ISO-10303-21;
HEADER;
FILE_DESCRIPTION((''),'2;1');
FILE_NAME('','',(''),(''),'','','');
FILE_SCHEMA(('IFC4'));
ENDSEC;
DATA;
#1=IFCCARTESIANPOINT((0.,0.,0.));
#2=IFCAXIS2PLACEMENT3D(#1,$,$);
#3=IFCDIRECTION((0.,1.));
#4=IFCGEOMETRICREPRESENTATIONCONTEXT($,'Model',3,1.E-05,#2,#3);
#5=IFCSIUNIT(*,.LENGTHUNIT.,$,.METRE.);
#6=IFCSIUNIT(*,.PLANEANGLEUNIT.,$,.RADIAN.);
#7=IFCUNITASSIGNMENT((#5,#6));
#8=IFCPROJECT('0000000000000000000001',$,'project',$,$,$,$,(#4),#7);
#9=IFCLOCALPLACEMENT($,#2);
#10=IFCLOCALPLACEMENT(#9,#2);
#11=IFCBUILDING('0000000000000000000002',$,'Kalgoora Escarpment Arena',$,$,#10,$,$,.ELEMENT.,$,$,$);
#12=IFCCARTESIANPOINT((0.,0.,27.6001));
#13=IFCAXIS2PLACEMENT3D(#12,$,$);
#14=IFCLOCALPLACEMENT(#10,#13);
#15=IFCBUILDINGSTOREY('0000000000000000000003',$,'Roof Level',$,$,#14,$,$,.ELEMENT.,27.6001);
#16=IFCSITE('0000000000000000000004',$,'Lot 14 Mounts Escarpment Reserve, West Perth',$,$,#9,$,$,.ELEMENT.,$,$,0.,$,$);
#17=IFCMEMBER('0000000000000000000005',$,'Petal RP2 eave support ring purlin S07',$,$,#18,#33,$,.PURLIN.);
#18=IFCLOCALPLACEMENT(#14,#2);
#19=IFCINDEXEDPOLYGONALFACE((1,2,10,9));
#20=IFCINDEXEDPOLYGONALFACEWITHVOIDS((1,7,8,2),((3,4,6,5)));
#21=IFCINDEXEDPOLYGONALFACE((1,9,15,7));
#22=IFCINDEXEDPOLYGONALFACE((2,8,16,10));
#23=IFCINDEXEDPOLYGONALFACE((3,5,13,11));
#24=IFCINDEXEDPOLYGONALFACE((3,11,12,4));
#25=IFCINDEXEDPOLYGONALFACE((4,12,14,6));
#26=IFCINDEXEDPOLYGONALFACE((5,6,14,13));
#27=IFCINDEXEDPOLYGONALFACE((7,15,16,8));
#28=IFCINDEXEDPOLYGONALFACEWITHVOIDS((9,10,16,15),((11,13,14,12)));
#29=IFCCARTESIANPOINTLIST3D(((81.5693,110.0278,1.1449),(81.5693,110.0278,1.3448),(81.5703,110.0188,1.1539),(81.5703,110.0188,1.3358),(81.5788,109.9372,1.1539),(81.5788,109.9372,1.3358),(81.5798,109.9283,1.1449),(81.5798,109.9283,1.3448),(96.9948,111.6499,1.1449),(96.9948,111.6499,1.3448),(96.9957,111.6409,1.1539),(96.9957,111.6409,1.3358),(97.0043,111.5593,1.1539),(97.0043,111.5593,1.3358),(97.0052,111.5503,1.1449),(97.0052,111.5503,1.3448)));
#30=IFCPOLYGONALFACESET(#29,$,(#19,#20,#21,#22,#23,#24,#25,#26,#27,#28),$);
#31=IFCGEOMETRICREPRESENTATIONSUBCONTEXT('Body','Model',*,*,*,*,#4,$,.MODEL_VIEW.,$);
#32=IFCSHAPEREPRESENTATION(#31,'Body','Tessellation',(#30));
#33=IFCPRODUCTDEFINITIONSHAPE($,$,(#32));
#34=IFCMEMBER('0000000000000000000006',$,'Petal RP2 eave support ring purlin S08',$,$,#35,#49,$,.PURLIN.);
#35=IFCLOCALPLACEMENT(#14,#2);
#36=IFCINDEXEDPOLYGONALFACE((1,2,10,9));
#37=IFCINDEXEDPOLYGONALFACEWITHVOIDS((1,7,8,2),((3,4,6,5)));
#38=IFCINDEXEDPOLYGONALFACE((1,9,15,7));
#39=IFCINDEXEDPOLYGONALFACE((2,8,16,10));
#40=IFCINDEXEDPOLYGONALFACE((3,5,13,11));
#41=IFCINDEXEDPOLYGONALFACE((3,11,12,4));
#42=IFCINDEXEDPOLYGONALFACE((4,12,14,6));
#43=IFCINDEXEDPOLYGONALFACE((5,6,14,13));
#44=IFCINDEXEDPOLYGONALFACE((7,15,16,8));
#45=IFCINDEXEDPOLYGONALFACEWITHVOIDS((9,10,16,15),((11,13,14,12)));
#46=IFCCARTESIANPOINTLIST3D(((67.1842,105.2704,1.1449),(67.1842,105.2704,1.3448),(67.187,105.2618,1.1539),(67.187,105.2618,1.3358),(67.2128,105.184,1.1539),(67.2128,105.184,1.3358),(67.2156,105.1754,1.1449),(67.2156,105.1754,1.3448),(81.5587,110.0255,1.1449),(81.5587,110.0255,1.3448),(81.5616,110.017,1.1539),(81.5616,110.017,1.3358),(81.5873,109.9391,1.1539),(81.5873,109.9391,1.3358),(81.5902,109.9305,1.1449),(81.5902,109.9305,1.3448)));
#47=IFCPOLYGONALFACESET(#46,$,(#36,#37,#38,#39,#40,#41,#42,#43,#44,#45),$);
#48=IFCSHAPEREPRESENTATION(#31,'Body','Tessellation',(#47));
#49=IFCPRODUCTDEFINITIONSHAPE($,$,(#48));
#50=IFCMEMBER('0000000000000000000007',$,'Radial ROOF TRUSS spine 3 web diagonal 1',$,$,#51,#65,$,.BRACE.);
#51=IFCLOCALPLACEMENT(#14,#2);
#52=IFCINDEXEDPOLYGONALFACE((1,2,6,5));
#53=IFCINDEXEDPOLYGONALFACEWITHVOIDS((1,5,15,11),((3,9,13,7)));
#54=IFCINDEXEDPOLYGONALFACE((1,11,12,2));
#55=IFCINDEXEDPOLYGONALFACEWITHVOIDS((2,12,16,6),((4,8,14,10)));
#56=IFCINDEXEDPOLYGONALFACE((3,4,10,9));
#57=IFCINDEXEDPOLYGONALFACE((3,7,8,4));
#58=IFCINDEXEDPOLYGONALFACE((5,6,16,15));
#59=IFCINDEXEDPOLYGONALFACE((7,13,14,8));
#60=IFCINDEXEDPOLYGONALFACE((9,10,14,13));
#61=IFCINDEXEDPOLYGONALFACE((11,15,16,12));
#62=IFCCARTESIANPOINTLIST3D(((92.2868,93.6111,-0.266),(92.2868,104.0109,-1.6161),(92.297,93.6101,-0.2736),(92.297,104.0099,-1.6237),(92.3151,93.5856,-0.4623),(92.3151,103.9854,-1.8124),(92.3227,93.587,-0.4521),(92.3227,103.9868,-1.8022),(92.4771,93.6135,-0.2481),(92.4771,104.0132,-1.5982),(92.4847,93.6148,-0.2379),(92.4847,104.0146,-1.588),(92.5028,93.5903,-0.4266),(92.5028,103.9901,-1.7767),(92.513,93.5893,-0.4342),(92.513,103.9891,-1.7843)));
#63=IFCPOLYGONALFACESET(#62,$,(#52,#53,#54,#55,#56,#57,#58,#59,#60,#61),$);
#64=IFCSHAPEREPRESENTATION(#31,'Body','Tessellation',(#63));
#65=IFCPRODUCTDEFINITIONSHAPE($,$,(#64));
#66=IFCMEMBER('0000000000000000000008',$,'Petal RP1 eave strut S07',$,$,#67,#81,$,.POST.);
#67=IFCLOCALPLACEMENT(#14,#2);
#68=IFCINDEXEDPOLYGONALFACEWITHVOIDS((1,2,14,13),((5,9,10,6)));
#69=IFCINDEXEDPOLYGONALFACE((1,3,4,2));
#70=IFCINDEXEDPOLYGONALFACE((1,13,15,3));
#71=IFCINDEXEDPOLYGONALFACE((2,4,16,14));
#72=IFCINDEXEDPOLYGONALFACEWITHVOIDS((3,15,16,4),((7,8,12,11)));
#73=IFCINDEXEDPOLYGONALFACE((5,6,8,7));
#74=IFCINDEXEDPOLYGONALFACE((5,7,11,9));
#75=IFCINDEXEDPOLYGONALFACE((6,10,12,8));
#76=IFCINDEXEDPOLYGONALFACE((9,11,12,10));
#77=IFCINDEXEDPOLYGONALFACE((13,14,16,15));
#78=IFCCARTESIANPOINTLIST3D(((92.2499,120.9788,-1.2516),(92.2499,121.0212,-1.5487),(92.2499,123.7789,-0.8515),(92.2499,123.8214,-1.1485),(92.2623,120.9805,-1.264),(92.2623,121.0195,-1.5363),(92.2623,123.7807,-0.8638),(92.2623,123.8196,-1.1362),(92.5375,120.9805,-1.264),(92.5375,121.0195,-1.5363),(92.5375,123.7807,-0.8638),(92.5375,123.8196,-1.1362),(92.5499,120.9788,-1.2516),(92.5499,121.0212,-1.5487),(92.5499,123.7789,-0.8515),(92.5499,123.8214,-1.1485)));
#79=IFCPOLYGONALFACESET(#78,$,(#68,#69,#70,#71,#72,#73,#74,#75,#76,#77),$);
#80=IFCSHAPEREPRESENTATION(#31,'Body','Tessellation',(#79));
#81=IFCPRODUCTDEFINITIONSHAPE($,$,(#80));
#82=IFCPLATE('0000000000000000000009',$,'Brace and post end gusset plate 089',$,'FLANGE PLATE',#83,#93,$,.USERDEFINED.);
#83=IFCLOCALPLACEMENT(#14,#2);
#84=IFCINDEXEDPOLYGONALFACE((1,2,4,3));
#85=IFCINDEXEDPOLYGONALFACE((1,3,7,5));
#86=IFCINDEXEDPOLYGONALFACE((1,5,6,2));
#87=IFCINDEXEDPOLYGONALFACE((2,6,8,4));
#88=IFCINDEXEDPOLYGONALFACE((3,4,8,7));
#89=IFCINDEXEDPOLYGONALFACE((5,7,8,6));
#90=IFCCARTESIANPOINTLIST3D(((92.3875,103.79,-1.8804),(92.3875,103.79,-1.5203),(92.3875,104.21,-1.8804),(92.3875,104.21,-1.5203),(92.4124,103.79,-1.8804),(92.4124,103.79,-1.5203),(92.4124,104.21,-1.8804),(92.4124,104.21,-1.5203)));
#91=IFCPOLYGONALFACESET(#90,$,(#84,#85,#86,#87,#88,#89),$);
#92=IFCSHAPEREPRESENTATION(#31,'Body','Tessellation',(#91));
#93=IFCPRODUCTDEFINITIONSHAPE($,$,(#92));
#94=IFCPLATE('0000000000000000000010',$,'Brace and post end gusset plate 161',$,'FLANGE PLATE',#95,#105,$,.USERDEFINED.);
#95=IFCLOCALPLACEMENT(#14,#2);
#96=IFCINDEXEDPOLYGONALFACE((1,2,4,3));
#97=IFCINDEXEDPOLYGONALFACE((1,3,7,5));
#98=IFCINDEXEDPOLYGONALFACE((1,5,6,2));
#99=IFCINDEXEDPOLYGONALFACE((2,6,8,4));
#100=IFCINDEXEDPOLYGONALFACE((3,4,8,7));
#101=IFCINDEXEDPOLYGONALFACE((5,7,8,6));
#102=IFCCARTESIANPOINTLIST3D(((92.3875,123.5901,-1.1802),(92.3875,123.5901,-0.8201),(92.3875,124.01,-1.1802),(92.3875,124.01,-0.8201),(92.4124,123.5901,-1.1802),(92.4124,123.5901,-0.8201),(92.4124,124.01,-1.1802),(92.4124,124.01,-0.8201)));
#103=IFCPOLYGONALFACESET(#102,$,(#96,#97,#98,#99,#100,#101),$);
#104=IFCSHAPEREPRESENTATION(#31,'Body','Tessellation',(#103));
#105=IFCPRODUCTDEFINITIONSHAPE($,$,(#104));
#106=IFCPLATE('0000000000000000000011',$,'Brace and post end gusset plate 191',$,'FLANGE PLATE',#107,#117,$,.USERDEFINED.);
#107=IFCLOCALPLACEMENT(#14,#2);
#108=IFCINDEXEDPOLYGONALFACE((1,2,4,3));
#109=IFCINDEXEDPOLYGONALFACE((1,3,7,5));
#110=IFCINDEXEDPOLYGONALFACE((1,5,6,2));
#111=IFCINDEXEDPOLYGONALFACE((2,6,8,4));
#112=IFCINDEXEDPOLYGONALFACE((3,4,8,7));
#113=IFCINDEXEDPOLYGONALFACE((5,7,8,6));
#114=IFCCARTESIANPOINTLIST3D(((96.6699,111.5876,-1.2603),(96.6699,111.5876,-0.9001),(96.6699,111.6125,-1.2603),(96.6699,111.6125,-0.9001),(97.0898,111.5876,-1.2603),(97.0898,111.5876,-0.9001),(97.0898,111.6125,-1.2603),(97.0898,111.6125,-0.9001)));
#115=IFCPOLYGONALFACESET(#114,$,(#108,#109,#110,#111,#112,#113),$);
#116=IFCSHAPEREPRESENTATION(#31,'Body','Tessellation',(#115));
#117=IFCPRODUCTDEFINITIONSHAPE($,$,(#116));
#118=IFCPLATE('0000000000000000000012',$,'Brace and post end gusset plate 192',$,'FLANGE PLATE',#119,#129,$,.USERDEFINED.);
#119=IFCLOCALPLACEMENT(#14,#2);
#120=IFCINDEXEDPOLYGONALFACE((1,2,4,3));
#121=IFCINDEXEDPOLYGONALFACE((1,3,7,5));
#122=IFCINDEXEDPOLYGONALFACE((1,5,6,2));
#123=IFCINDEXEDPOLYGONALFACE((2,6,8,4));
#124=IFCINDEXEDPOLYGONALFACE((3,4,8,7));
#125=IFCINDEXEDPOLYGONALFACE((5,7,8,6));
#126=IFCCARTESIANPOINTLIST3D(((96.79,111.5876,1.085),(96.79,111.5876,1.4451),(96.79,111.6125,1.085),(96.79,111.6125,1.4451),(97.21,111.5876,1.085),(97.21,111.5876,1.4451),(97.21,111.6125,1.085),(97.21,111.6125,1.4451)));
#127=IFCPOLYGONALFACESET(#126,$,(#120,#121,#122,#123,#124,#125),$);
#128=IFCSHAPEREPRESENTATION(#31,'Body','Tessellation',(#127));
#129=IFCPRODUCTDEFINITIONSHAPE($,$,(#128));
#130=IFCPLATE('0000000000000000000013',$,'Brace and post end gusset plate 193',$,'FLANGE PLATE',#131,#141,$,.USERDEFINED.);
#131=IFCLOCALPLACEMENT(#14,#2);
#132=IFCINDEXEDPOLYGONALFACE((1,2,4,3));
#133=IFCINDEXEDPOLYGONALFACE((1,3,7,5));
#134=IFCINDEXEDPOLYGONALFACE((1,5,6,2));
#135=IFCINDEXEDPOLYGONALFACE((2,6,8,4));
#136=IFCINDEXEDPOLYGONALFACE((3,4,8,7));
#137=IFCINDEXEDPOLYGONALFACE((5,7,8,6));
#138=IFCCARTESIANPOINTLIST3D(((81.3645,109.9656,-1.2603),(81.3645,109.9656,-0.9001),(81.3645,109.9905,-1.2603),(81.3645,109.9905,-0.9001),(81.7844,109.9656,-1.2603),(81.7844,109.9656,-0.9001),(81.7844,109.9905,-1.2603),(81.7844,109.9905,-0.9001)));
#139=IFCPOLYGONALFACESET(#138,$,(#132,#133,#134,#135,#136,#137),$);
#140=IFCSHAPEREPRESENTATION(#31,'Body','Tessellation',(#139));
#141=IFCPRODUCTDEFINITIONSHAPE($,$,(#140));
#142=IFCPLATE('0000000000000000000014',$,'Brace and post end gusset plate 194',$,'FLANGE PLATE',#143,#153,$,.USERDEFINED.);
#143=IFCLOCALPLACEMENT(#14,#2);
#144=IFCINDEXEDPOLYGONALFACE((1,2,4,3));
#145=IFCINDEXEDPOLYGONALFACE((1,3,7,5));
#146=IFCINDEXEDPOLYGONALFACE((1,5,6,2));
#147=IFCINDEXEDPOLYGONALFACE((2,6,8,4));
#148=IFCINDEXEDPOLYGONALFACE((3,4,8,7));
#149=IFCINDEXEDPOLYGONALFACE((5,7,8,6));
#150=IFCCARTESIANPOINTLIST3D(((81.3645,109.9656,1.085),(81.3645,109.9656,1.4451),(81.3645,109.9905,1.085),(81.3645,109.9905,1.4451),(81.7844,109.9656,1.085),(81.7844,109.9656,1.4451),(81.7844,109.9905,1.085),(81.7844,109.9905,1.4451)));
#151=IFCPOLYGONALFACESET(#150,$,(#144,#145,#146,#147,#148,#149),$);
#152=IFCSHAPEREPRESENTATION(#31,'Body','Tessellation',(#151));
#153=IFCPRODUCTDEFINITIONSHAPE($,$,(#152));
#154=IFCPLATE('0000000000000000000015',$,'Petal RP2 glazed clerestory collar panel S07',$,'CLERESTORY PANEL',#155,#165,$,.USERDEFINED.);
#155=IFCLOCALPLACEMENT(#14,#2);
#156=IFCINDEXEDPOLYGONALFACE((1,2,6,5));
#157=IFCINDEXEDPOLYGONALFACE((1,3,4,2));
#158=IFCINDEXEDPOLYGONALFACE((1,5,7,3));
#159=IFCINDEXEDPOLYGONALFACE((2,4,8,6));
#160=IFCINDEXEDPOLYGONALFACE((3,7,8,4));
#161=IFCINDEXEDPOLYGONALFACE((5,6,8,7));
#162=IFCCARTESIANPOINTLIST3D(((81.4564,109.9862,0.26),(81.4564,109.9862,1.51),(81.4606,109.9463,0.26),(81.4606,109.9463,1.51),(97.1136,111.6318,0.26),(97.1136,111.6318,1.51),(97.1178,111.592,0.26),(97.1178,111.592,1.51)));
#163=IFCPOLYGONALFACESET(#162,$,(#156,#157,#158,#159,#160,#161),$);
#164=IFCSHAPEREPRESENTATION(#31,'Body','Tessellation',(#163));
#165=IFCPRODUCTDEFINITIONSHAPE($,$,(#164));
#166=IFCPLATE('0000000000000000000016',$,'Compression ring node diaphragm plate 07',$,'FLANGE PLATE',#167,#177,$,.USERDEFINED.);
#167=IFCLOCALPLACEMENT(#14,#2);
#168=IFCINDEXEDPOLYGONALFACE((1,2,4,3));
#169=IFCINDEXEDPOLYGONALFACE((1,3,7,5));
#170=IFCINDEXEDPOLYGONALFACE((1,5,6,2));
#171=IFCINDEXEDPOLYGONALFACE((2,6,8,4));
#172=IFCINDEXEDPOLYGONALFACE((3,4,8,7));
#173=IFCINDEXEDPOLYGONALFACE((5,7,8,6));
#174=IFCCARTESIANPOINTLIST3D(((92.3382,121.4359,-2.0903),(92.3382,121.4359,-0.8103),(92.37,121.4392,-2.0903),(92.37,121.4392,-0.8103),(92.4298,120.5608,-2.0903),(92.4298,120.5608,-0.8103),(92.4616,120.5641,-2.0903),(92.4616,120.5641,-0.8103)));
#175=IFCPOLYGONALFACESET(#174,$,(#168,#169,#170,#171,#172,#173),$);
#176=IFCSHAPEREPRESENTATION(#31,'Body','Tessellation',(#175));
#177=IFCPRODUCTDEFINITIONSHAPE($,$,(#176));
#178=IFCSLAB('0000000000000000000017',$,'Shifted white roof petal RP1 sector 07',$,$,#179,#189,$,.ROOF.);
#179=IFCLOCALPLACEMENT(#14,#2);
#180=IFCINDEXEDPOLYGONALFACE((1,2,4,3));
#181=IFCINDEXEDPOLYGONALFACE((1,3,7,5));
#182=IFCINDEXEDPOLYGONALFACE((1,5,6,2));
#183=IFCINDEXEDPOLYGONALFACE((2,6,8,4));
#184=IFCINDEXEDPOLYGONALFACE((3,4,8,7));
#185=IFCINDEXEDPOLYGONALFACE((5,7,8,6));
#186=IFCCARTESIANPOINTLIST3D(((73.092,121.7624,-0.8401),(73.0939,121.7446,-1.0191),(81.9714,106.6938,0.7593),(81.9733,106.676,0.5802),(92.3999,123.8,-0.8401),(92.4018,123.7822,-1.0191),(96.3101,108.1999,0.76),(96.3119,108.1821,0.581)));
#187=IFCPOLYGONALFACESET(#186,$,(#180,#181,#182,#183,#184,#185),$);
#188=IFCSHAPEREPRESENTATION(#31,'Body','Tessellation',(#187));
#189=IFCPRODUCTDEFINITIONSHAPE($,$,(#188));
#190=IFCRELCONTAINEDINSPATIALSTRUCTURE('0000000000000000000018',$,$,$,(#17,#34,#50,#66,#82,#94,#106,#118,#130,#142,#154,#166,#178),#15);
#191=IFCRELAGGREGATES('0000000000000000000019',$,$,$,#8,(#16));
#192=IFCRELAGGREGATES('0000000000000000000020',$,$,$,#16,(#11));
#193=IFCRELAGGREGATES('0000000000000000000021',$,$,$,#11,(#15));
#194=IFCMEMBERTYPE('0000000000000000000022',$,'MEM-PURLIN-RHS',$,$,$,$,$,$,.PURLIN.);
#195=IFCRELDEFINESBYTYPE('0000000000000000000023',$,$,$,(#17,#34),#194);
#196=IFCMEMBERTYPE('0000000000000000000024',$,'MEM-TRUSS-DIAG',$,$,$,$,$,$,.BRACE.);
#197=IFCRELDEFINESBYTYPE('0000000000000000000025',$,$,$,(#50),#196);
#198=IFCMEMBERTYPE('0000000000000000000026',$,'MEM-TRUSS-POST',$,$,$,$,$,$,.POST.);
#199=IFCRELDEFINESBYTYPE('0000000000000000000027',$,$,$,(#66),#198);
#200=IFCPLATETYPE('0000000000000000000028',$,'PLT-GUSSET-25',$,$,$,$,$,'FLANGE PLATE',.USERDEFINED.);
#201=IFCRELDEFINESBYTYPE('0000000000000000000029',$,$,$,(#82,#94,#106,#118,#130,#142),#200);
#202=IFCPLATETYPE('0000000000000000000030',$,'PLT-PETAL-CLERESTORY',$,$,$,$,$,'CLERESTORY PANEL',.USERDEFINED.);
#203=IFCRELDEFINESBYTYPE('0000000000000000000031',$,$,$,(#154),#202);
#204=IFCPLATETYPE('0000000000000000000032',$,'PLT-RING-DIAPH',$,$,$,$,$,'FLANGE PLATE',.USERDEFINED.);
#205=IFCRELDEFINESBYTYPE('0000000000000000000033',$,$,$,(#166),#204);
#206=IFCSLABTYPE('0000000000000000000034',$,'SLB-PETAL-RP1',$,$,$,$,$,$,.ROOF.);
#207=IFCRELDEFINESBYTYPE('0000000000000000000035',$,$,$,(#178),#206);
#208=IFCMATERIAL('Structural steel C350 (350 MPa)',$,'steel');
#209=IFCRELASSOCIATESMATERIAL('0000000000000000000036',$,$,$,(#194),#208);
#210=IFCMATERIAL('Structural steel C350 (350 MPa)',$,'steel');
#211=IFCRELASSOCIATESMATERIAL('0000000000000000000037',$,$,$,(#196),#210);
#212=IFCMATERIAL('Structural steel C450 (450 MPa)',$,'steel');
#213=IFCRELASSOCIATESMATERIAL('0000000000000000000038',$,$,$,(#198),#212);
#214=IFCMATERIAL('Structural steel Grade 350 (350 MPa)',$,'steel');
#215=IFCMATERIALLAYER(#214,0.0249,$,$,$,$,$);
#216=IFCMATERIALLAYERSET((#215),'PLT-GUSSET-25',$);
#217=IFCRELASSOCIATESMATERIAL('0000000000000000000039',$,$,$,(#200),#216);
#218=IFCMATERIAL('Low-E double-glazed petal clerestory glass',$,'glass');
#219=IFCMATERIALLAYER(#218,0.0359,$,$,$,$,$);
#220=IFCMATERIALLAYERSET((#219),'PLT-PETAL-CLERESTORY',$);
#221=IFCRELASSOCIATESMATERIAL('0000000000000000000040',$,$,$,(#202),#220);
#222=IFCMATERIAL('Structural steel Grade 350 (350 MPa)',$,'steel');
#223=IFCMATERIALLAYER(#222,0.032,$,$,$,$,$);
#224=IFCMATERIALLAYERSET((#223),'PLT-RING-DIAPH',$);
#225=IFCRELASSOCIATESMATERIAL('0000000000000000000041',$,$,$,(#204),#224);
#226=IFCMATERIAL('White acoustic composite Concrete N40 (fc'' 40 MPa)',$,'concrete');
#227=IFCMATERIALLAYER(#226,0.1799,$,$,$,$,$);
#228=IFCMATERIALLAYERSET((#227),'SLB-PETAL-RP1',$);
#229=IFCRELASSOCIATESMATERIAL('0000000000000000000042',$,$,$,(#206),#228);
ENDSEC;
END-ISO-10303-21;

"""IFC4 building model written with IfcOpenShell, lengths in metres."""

from ifc_helpers import new_model, si_unit, direction, frame, origin, origin_2d, place, context, subcontext, project, spatial, polyline, rectangle, hollow_rectangle, outline, extrude, material, layer, layer_set, material_profile, profile_set, type_object, element, save


model = new_model("IFC4")

# Units and contexts
model_context = context("Model", 3, precision=1e-05, world=origin(), true_north=direction((0.0, 1.0)))
body_context = subcontext(model_context, "Body", "Model", "MODEL_VIEW")
ifc_project = project(units=[si_unit("LENGTHUNIT", "METRE"), si_unit("PLANEANGLEUNIT", "RADIAN")], contexts=[model_context])

# Site, building, storey
site_placement = place(None, origin())
site = spatial("IfcSite", under=ifc_project, at=site_placement, Name="Lot 14 Mounts Escarpment Reserve, West Perth", CompositionType="ELEMENT", RefElevation=0.0)
building_placement = place(site_placement, origin())
building = spatial("IfcBuilding", under=site, at=building_placement, Name="Kalgoora Escarpment Arena", CompositionType="ELEMENT")
storey_placement = place(building_placement, frame((0.0, 0.0, 27.6001)))
storey = spatial("IfcBuildingStorey", under=building, at=storey_placement, Name="Roof Level", CompositionType="ELEMENT", Elevation=27.6001)

# Members
ifc_material_1 = material(Name="Structural steel C350 (350 MPa)", Category="steel")
ifc_material_profile_1 = material_profile(ifc_material_1, hollow_rectangle(XDim=0.1001, YDim=0.2, WallThickness=0.009, at=origin_2d()))
ifc_profile_set_1 = profile_set([ifc_material_profile_1], Name="Structural steel C350 (350 MPa)")
member_type_1 = type_object("IfcMemberType", Name="MEM-PURLIN-RHS", PredefinedType="PURLIN", material=ifc_profile_set_1)
member_1_placement = place(storey_placement, frame((97.0, 111.6001, 1.2449), z_axis=(-0.994517, -0.104578, 0.0), x_axis=(0.104578, -0.994517, 0.0)))
element("IfcMember", 1, at=member_1_placement, inside=storey, type_object=member_type_1, Name="Petal RP2 eave support ring purlin S07", PredefinedType="PURLIN", context=body_context, shape_type="SweptSolid", body=[
    extrude(hollow_rectangle(XDim=0.1001, YDim=0.2, WallThickness=0.009, at=origin_2d()), origin(), (0.0, 0.0, 1.0), 15.5105),
])
member_2_placement = place(storey_placement, frame((81.5745, 109.978, 1.2449), z_axis=(-0.949402, -0.314065, 0.0), x_axis=(0.314065, -0.949402, 0.0)))
element("IfcMember", 2, at=member_2_placement, inside=storey, type_object=member_type_1, Name="Petal RP2 eave support ring purlin S08", PredefinedType="PURLIN", context=body_context, shape_type="SweptSolid", body=[
    extrude(hollow_rectangle(XDim=0.1001, YDim=0.2, WallThickness=0.009, at=origin_2d()), origin(), (0.0, 0.0, 1.0), 15.1406),
])
ifc_material_2 = material(Name="Structural steel C350 (350 MPa)", Category="steel")
ifc_material_profile_2 = material_profile(ifc_material_2, hollow_rectangle(XDim=0.2, YDim=0.2, WallThickness=0.009, at=origin_2d()))
ifc_profile_set_2 = profile_set([ifc_material_profile_2], Name="Structural steel C350 (350 MPa)")
member_type_2 = type_object("IfcMemberType", Name="MEM-TRUSS-DIAG", PredefinedType="BRACE", material=ifc_profile_set_2)
member_3_placement = place(storey_placement, frame((92.3999, 104.0, -1.7002), z_axis=(0.0, -0.991679, 0.128738), x_axis=(0.14142, -0.127444, -0.981712)))
element("IfcMember", 3, at=member_3_placement, inside=storey, type_object=member_type_2, Name="Radial ROOF TRUSS spine 3 web diagonal 1", PredefinedType="BRACE", context=body_context, shape_type="SweptSolid", body=[
    extrude(hollow_rectangle(XDim=0.2, YDim=0.2, WallThickness=0.009, at=origin_2d()), origin(), (0.0, 0.0, 1.0), 10.4871),
])
ifc_material_3 = material(Name="Structural steel C450 (450 MPa)", Category="steel")
ifc_material_profile_3 = material_profile(ifc_material_3, hollow_rectangle(XDim=0.3, YDim=0.3, WallThickness=0.0125, at=origin_2d()))
ifc_profile_set_3 = profile_set([ifc_material_profile_3], Name="Structural steel C450 (450 MPa)")
member_type_3 = type_object("IfcMemberType", Name="MEM-TRUSS-POST", PredefinedType="POST", material=ifc_profile_set_3)
member_4_placement = place(storey_placement, frame((92.3999, 121.0, -1.4001), z_axis=(0.0, 0.989943, 0.14147), x_axis=(-1.0, 0.0, 0.0)))
element("IfcMember", 4, at=member_4_placement, inside=storey, type_object=member_type_3, Name="Petal RP1 eave strut S07", PredefinedType="POST", context=body_context, shape_type="SweptSolid", body=[
    extrude(hollow_rectangle(XDim=0.3, YDim=0.3, WallThickness=0.0125, at=origin_2d()), origin(), (0.0, 0.0, 1.0), 2.8286),
])

# Plates
ifc_material_4 = material(Name="Structural steel Grade 350 (350 MPa)", Category="steel")
ifc_layer_1 = layer(ifc_material_4, 0.0249)
ifc_layer_set_1 = layer_set([ifc_layer_1], Name="PLT-GUSSET-25")
plate_type_1 = type_object("IfcPlateType", Name="PLT-GUSSET-25", ElementType="FLANGE PLATE", PredefinedType="USERDEFINED", material=ifc_layer_set_1)
for number, where, z_axis, x_axis, name in (
    (5, (92.3999, 104.0, -1.8804), (0.0, 0.0, 1.0), (0.0, -1.0, 0.0), "Brace and post end gusset plate 089"),
    (6, (92.3999, 123.8, -1.1802), (0.0, 0.0, 1.0), (0.0, 1.0, 0.0), "Brace and post end gusset plate 161"),
    (7, (96.8799, 111.6001, -1.2603), (0.0, 0.0, 1.0), (1.0, 0.0, 0.0), "Brace and post end gusset plate 191"),
    (8, (97.0, 111.6001, 1.085), (0.0, 0.0, 1.0), (1.0, 0.0, 0.0), "Brace and post end gusset plate 192"),
    (9, (81.5745, 109.978, -1.2603), (0.0, 0.0, 1.0), (1.0, 0.0, 0.0), "Brace and post end gusset plate 193"),
    (10, (81.5745, 109.978, 1.085), (0.0, 0.0, 1.0), (1.0, 0.0, 0.0), "Brace and post end gusset plate 194"),
):
    element("IfcPlate", number, at=place(storey_placement, frame(where, z_axis=z_axis, x_axis=x_axis)), inside=storey, type_object=plate_type_1, Name=name, ObjectType="FLANGE PLATE", PredefinedType="USERDEFINED", context=body_context, shape_type="SweptSolid", body=[
        extrude(rectangle(XDim=0.4199, YDim=0.0249, at=origin_2d()), origin(), (0.0, 0.0, 1.0), 0.3601),
    ])
ifc_material_5 = material(Name="Low-E double-glazed petal clerestory glass", Category="glass")
ifc_layer_2 = layer(ifc_material_5, 0.0359)
ifc_layer_set_2 = layer_set([ifc_layer_2], Name="PLT-PETAL-CLERESTORY")
plate_type_2 = type_object("IfcPlateType", Name="PLT-PETAL-CLERESTORY", ElementType="CLERESTORY PANEL", PredefinedType="USERDEFINED", material=ifc_layer_set_2)
plate_1_placement = place(storey_placement, frame((89.2871, 110.7891, 0.26), z_axis=(0.0, 0.0, 1.0), x_axis=(-0.994522, -0.104528, 0.0)))
element("IfcPlate", 11, at=plate_1_placement, inside=storey, type_object=plate_type_2, Name="Petal RP2 glazed clerestory collar panel S07", ObjectType="CLERESTORY PANEL", PredefinedType="USERDEFINED", context=body_context, shape_type="SweptSolid", body=[
    extrude(rectangle(XDim=15.7434, YDim=0.04, at=origin_2d()), origin(), (0.0, 0.0, 1.0), 1.25),
])
ifc_material_6 = material(Name="Structural steel Grade 350 (350 MPa)", Category="steel")
ifc_layer_3 = layer(ifc_material_6, 0.032)
ifc_layer_set_3 = layer_set([ifc_layer_3], Name="PLT-RING-DIAPH")
plate_type_3 = type_object("IfcPlateType", Name="PLT-RING-DIAPH", ElementType="FLANGE PLATE", PredefinedType="USERDEFINED", material=ifc_layer_set_3)
plate_2_placement = place(storey_placement, frame((92.3999, 121.0, -2.0903), z_axis=(0.0, 0.0, 1.0), x_axis=(-0.994576, -0.104008, 0.0)))
element("IfcPlate", 12, at=plate_2_placement, inside=storey, type_object=plate_type_3, Name="Compression ring node diaphragm plate 07", ObjectType="FLANGE PLATE", PredefinedType="USERDEFINED", context=body_context, shape_type="SweptSolid", body=[
    extrude(rectangle(XDim=0.032, YDim=0.8799, at=origin_2d()), origin(), (0.0, 0.0, 1.0), 1.28),
])

# Slab
ifc_material_7 = material(Name="White acoustic composite Concrete N40 (fc' 40 MPa)", Category="concrete")
ifc_layer_4 = layer(ifc_material_7, 0.1799)
ifc_layer_set_4 = layer_set([ifc_layer_4], Name="SLB-PETAL-RP1")
slab_type_1 = type_object("IfcSlabType", Name="SLB-PETAL-RP1", PredefinedType="ROOF", material=ifc_layer_set_4)
slab_1_placement = place(storey_placement, frame((92.3999, 123.8, -0.8401), z_axis=(-0.010493, 0.099425, 0.99499), x_axis=(-0.994478, -0.104949, -0.000001)))
element("IfcSlab", 13, at=slab_1_placement, inside=storey, type_object=slab_type_1, Name="Shifted white roof petal RP1 sector 07", PredefinedType="ROOF", context=body_context, shape_type="SweptSolid", body=[
    extrude(outline(polyline([(0.0, 0.0), (19.4151, 0.0), (12.1662, 15.9974), (-2.2513, 16.0045), (0.0, 0.0)])), origin(), (0.0, 0.0, -1.0), 0.1799),
])

save(model, "model.ifc")
